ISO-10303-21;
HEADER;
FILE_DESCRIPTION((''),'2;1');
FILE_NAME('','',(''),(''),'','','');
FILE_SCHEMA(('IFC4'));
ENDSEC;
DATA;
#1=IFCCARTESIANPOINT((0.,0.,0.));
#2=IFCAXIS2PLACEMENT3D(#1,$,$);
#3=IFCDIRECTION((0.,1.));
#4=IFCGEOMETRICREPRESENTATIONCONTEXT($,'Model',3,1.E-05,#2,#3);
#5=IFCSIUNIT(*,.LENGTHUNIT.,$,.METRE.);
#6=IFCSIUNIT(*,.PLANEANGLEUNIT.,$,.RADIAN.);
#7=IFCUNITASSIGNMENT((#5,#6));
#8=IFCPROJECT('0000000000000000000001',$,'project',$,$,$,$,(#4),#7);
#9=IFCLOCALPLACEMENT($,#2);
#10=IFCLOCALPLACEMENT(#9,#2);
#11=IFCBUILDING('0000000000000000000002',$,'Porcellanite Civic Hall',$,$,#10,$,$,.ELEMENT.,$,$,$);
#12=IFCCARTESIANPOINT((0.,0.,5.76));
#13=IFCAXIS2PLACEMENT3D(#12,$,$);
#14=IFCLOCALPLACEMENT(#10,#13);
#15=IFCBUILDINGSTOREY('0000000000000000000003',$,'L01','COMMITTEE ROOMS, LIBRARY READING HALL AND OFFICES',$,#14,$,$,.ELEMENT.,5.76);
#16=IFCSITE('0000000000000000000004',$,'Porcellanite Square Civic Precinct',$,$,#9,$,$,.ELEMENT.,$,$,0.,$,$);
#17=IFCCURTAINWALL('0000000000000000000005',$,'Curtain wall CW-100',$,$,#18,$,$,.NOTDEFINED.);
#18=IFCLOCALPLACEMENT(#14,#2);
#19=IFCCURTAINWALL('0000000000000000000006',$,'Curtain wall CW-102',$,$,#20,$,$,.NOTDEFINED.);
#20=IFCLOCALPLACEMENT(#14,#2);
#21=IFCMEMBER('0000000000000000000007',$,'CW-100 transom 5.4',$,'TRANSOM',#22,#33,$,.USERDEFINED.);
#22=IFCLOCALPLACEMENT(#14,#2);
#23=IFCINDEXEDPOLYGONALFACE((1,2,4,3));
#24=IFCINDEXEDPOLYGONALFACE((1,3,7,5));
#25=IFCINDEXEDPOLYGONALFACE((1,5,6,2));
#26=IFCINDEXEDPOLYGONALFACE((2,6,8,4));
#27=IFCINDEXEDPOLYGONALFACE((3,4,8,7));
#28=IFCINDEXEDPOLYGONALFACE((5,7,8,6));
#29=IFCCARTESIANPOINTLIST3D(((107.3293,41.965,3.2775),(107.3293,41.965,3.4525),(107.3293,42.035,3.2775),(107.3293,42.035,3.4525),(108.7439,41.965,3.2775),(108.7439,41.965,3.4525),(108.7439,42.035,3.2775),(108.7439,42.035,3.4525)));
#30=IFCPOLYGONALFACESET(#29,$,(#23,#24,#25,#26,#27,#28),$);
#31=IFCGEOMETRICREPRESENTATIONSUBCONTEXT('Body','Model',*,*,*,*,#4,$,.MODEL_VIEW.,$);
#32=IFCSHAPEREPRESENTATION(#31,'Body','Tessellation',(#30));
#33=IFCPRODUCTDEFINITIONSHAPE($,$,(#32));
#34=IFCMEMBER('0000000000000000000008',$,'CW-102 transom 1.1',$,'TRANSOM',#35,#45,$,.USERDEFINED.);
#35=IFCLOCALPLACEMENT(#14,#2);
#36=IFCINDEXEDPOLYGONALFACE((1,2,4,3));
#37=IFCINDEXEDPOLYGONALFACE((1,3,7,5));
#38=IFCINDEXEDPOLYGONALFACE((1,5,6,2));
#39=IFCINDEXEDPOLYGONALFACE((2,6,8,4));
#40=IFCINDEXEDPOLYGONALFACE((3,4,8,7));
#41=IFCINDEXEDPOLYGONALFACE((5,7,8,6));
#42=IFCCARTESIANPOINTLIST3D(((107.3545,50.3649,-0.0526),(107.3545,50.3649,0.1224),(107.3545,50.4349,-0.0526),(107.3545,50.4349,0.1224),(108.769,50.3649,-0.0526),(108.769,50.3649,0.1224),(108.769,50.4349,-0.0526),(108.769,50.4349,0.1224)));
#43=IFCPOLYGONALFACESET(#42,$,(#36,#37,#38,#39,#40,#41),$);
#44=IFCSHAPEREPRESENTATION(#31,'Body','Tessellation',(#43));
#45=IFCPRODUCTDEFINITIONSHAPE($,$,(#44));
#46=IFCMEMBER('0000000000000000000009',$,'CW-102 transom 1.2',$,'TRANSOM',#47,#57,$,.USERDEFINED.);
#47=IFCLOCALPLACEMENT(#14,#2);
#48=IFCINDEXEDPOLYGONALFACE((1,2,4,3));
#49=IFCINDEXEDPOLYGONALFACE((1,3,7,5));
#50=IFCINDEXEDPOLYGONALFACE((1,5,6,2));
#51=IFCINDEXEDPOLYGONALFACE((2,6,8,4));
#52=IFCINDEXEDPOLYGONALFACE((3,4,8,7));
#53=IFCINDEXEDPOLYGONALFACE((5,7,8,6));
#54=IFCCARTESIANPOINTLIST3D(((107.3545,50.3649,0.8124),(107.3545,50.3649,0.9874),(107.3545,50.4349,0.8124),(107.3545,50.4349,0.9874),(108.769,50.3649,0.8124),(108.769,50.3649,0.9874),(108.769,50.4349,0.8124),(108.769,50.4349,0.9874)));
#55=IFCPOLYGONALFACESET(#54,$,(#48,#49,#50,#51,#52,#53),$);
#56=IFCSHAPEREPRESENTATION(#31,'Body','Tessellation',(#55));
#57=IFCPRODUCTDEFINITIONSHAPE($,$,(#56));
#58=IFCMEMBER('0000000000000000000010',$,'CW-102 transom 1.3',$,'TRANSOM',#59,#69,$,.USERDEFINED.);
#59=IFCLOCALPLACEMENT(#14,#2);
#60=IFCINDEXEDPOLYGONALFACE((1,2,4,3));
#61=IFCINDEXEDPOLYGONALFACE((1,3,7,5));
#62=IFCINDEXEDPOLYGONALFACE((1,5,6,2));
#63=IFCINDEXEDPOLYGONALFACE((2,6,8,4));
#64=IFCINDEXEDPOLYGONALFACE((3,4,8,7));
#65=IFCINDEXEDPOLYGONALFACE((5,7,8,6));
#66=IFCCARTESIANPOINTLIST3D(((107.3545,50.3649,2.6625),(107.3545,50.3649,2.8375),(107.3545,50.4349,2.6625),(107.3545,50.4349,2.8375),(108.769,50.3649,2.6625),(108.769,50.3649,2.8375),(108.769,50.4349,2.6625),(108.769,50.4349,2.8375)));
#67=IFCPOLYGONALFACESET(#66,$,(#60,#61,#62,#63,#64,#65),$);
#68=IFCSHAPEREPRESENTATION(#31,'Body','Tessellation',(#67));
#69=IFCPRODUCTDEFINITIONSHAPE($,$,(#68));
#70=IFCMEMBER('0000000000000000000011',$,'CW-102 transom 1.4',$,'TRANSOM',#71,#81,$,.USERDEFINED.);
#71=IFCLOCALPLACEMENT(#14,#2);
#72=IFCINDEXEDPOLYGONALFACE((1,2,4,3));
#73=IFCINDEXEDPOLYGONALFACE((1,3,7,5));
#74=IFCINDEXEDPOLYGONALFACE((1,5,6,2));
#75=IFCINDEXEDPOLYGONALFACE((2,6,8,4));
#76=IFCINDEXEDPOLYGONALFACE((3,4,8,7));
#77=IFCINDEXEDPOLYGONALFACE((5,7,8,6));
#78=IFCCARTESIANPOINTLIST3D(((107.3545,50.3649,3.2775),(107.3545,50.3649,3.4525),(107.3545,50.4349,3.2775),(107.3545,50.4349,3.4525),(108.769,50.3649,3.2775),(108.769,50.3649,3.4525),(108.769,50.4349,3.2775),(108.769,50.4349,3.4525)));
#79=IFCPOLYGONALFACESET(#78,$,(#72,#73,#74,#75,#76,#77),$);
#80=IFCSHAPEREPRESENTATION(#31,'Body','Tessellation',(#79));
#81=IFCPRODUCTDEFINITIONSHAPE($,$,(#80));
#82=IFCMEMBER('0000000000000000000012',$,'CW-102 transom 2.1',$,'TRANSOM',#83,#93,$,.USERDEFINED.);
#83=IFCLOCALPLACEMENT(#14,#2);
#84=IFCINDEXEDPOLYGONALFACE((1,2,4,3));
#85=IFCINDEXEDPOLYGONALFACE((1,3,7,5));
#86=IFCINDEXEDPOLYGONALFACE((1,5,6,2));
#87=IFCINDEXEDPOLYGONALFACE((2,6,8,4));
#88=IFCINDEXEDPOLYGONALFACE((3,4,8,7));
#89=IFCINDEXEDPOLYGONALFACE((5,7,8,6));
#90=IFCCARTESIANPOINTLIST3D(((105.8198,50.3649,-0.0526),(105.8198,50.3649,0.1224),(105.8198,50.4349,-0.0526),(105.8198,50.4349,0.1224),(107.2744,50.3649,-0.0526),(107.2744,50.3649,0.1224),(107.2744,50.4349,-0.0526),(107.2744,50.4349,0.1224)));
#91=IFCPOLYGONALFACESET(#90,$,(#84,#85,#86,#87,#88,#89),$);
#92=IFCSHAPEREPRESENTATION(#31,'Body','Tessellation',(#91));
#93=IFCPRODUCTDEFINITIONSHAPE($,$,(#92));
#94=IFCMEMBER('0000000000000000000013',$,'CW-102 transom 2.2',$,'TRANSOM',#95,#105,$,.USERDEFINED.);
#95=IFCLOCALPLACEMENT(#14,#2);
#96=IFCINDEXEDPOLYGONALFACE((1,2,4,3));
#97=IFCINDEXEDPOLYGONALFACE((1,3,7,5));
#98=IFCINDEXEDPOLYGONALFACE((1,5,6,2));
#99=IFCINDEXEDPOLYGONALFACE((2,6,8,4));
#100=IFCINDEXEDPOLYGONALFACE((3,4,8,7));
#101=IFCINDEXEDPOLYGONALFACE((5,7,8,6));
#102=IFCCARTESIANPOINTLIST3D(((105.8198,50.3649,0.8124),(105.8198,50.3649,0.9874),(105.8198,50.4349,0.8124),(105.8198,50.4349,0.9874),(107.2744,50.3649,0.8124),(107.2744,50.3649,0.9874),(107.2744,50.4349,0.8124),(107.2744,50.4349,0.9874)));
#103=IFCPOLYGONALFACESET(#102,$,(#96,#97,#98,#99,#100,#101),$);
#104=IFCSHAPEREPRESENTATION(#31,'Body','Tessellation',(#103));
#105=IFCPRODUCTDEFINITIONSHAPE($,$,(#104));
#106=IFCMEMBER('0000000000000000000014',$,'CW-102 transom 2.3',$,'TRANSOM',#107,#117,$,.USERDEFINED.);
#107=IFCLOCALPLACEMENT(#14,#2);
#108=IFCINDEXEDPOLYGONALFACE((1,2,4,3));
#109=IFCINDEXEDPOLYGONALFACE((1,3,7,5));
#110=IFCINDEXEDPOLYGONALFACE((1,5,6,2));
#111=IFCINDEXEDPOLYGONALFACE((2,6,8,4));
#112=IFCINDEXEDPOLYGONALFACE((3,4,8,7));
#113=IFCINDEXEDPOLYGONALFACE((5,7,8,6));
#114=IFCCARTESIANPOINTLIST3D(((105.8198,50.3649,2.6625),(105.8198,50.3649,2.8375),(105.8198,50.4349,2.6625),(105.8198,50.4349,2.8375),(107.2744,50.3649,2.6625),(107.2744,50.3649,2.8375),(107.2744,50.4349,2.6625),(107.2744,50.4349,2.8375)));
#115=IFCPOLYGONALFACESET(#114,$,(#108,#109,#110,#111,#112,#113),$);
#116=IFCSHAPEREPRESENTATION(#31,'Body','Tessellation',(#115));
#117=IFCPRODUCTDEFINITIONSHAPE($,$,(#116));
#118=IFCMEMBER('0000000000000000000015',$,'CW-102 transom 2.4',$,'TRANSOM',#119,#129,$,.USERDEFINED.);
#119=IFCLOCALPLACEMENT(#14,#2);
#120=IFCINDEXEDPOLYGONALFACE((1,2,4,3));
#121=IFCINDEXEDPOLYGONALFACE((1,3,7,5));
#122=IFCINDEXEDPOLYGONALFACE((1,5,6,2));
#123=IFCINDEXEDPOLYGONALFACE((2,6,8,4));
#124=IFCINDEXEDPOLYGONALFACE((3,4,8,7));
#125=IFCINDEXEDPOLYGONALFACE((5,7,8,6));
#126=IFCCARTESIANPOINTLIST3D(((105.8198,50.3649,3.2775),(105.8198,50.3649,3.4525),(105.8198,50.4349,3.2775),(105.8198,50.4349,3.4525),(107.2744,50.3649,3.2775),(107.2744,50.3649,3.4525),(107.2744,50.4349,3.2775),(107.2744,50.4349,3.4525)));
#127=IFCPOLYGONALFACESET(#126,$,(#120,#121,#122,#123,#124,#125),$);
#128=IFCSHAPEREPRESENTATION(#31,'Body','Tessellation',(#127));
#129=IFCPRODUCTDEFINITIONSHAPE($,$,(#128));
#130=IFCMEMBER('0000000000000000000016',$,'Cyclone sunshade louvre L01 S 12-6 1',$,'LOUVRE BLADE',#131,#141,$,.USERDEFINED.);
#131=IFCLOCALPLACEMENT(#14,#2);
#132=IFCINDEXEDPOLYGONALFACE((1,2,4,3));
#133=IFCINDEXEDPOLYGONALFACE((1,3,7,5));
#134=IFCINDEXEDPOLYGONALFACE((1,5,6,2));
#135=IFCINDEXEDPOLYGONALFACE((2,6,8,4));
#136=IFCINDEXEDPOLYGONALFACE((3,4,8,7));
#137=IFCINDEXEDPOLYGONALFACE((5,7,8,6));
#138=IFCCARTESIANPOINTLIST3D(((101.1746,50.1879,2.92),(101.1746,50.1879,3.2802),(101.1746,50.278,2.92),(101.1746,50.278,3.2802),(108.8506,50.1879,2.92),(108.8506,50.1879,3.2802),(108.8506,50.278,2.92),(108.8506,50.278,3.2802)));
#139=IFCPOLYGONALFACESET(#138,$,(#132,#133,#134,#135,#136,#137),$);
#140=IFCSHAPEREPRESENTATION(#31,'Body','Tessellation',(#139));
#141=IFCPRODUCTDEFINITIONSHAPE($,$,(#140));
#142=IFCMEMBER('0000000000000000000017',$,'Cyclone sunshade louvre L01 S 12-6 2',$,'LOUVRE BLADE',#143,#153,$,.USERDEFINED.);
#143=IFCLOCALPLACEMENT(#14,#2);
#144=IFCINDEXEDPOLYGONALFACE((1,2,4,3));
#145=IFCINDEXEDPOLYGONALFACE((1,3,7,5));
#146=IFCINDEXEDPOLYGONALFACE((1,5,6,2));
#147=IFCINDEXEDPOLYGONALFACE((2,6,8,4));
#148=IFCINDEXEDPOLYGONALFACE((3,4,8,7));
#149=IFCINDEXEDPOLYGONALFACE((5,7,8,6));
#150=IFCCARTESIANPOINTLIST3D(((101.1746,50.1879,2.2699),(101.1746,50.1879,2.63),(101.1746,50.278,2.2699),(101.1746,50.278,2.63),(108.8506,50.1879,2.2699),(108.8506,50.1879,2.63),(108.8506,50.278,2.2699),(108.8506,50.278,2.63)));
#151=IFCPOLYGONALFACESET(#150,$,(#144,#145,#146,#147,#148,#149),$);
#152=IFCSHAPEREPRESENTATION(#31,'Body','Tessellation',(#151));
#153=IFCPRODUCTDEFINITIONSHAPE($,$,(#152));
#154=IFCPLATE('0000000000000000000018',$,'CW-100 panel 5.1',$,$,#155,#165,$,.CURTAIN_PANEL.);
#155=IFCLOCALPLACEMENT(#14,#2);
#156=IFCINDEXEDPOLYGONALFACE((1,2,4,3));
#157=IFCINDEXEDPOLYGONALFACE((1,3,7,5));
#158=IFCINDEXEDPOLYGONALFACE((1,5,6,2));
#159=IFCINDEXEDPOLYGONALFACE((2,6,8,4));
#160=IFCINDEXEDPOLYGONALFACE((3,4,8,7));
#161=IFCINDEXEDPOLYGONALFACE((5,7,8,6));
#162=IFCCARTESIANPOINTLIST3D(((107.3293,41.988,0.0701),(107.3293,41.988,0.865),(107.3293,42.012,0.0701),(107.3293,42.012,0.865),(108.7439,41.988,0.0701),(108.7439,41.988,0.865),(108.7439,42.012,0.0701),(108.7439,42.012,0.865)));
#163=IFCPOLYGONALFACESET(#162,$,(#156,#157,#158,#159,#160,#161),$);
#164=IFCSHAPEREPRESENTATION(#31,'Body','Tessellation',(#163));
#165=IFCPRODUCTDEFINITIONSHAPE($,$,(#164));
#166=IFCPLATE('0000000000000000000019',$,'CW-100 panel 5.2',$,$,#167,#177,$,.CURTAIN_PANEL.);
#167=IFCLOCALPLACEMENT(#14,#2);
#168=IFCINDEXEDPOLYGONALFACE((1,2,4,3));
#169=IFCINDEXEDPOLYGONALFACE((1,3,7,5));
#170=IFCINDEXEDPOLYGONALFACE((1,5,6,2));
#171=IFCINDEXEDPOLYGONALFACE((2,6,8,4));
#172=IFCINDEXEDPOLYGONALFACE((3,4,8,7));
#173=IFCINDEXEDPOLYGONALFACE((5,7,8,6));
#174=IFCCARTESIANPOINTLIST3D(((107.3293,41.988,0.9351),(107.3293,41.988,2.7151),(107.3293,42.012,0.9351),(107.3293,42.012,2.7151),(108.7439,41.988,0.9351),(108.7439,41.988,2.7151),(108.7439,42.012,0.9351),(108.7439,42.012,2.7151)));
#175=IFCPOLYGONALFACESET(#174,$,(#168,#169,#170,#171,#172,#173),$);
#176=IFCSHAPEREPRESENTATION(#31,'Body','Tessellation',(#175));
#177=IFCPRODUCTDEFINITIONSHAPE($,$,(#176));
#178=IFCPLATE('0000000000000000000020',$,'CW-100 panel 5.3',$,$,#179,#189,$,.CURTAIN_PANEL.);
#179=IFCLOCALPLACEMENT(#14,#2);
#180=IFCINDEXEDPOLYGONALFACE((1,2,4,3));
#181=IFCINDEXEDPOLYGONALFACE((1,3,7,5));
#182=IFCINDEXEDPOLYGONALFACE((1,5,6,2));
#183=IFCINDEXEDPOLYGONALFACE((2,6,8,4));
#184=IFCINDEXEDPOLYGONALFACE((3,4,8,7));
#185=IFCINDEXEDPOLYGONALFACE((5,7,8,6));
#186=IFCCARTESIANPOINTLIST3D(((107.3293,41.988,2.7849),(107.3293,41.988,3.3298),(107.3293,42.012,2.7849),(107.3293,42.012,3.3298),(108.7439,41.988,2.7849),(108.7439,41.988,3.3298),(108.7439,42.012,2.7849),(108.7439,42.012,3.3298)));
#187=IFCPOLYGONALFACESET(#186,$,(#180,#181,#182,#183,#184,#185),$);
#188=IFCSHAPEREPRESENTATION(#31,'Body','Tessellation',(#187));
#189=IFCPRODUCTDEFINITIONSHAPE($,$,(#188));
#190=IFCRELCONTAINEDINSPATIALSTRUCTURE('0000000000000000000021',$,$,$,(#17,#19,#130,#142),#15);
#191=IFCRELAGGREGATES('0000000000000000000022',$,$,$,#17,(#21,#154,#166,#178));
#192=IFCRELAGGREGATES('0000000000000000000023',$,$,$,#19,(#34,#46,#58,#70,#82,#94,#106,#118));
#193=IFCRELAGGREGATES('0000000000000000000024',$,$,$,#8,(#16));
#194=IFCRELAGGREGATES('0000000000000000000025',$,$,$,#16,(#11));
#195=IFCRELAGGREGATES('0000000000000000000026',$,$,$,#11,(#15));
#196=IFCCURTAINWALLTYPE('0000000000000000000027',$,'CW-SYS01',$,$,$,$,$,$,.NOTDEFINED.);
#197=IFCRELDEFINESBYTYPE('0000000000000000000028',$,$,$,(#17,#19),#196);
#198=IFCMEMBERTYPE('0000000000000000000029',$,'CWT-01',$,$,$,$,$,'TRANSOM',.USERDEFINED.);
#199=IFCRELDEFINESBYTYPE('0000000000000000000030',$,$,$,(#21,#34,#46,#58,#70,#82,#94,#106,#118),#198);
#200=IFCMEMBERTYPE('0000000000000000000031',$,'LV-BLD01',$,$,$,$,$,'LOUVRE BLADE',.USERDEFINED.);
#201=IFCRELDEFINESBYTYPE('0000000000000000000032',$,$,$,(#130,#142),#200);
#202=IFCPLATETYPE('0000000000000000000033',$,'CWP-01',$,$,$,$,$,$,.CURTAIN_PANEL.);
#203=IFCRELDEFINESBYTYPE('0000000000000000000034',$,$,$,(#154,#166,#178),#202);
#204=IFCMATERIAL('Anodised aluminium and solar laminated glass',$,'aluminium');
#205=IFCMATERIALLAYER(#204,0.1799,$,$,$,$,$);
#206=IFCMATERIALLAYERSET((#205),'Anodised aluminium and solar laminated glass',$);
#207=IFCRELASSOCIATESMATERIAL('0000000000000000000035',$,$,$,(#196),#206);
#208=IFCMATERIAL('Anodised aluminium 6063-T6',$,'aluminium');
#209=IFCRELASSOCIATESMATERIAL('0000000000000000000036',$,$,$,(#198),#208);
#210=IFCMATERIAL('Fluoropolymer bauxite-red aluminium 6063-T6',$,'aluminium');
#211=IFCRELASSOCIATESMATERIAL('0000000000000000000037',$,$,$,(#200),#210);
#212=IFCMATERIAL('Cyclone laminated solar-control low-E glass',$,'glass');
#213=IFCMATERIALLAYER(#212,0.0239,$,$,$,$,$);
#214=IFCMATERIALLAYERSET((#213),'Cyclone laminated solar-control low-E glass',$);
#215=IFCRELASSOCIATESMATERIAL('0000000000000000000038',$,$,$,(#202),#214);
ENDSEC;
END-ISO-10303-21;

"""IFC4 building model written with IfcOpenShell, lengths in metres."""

from ifc_helpers import new_model, si_unit, direction, frame, origin, origin_2d, place, context, subcontext, project, spatial, rectangle, extrude, material, layer, layer_set, material_profile, profile_set, type_object, element, aggregate, save


model = new_model("IFC4")

# Units and contexts
model_context = context("Model", 3, precision=1e-05, world=origin(), true_north=direction((0.0, 1.0)))
body_context = subcontext(model_context, "Body", "Model", "MODEL_VIEW")
ifc_project = project(units=[si_unit("LENGTHUNIT", "METRE"), si_unit("PLANEANGLEUNIT", "RADIAN")], contexts=[model_context])

# Site, building, storey
site_placement = place(None, origin())
site = spatial("IfcSite", under=ifc_project, at=site_placement, Name="Porcellanite Square Civic Precinct", CompositionType="ELEMENT", RefElevation=0.0)
building_placement = place(site_placement, origin())
building = spatial("IfcBuilding", under=site, at=building_placement, Name="Porcellanite Civic Hall", CompositionType="ELEMENT")
storey_placement = place(building_placement, frame((0.0, 0.0, 5.76)))
storey = spatial("IfcBuildingStorey", under=building, at=storey_placement, Name="L01", Description="COMMITTEE ROOMS, LIBRARY READING HALL AND OFFICES", CompositionType="ELEMENT", Elevation=5.76)

# Curtain walls
ifc_material_1 = material(Name="Anodised aluminium and solar laminated glass", Category="aluminium")
ifc_layer_1 = layer(ifc_material_1, 0.1799)
ifc_layer_set_1 = layer_set([ifc_layer_1], Name="Anodised aluminium and solar laminated glass")
curtain_wall_type = type_object("IfcCurtainWallType", Name="CW-SYS01", PredefinedType="NOTDEFINED", material=ifc_layer_set_1)
curtain_wall_1_placement = place(storey_placement, origin())
curtain_wall_1 = element("IfcCurtainWall", 1, at=curtain_wall_1_placement, inside=storey, type_object=curtain_wall_type, Name="Curtain wall CW-100", PredefinedType="NOTDEFINED")
curtain_wall_2_placement = place(storey_placement, origin())
curtain_wall_2 = element("IfcCurtainWall", 2, at=curtain_wall_2_placement, inside=storey, type_object=curtain_wall_type, Name="Curtain wall CW-102", PredefinedType="NOTDEFINED")

# Members
ifc_material_2 = material(Name="Anodised aluminium 6063-T6", Category="aluminium")
ifc_material_profile_1 = material_profile(ifc_material_2, rectangle(XDim=0.0701, YDim=0.175, at=origin_2d()), Name="AL-70x175")
ifc_profile_set_1 = profile_set([ifc_material_profile_1], Name="Anodised aluminium 6063-T6")
member_type_1 = type_object("IfcMemberType", Name="CWT-01", ElementType="TRANSOM", PredefinedType="USERDEFINED", material=ifc_profile_set_1)
member_1_placement = place(storey_placement, frame((107.3293, 42.0, 3.365), z_axis=(1.0, 0.0, 0.0), x_axis=(0.0, 1.0, 0.0)))
member_1 = element("IfcMember", 3, at=member_1_placement, type_object=member_type_1, Name="CW-100 transom 5.4", ObjectType="TRANSOM", PredefinedType="USERDEFINED", context=body_context, shape_type="SweptSolid", body=[
    extrude(rectangle(XDim=0.0701, YDim=0.175, at=origin_2d()), origin(), (0.0, 0.0, 1.0), 1.4146),
])
member_2_placement = place(storey_placement, frame((108.769, 50.3999, 0.0349), z_axis=(-1.0, 0.0, 0.0), x_axis=(0.0, -1.0, 0.0)))
member_2 = element("IfcMember", 4, at=member_2_placement, type_object=member_type_1, Name="CW-102 transom 1.1", ObjectType="TRANSOM", PredefinedType="USERDEFINED", context=body_context, shape_type="SweptSolid", body=[
    extrude(rectangle(XDim=0.0701, YDim=0.175, at=origin_2d()), origin(), (0.0, 0.0, 1.0), 1.4146),
])
member_3_placement = place(storey_placement, frame((108.769, 50.3999, 0.8999), z_axis=(-1.0, 0.0, 0.0), x_axis=(0.0, -1.0, 0.0)))
member_3 = element("IfcMember", 5, at=member_3_placement, type_object=member_type_1, Name="CW-102 transom 1.2", ObjectType="TRANSOM", PredefinedType="USERDEFINED", context=body_context, shape_type="SweptSolid", body=[
    extrude(rectangle(XDim=0.0701, YDim=0.175, at=origin_2d()), origin(), (0.0, 0.0, 1.0), 1.4146),
])
member_4_placement = place(storey_placement, frame((108.769, 50.3999, 2.75), z_axis=(-1.0, 0.0, 0.0), x_axis=(0.0, -1.0, 0.0)))
member_4 = element("IfcMember", 6, at=member_4_placement, type_object=member_type_1, Name="CW-102 transom 1.3", ObjectType="TRANSOM", PredefinedType="USERDEFINED", context=body_context, shape_type="SweptSolid", body=[
    extrude(rectangle(XDim=0.0701, YDim=0.175, at=origin_2d()), origin(), (0.0, 0.0, 1.0), 1.4146),
])
member_5_placement = place(storey_placement, frame((108.769, 50.3999, 3.365), z_axis=(-1.0, 0.0, 0.0), x_axis=(0.0, -1.0, 0.0)))
member_5 = element("IfcMember", 7, at=member_5_placement, type_object=member_type_1, Name="CW-102 transom 1.4", ObjectType="TRANSOM", PredefinedType="USERDEFINED", context=body_context, shape_type="SweptSolid", body=[
    extrude(rectangle(XDim=0.0701, YDim=0.175, at=origin_2d()), origin(), (0.0, 0.0, 1.0), 1.4146),
])
member_6_placement = place(storey_placement, frame((107.2744, 50.3999, 0.0349), z_axis=(-1.0, 0.0, 0.0), x_axis=(0.0, -1.0, 0.0)))
member_6 = element("IfcMember", 8, at=member_6_placement, type_object=member_type_1, Name="CW-102 transom 2.1", ObjectType="TRANSOM", PredefinedType="USERDEFINED", context=body_context, shape_type="SweptSolid", body=[
    extrude(rectangle(XDim=0.0701, YDim=0.175, at=origin_2d()), origin(), (0.0, 0.0, 1.0), 1.4546),
])
member_7_placement = place(storey_placement, frame((107.2744, 50.3999, 0.8999), z_axis=(-1.0, 0.0, 0.0), x_axis=(0.0, -1.0, 0.0)))
member_7 = element("IfcMember", 9, at=member_7_placement, type_object=member_type_1, Name="CW-102 transom 2.2", ObjectType="TRANSOM", PredefinedType="USERDEFINED", context=body_context, shape_type="SweptSolid", body=[
    extrude(rectangle(XDim=0.0701, YDim=0.175, at=origin_2d()), origin(), (0.0, 0.0, 1.0), 1.4546),
])
member_8_placement = place(storey_placement, frame((107.2744, 50.3999, 2.75), z_axis=(-1.0, 0.0, 0.0), x_axis=(0.0, -1.0, 0.0)))
member_8 = element("IfcMember", 10, at=member_8_placement, type_object=member_type_1, Name="CW-102 transom 2.3", ObjectType="TRANSOM", PredefinedType="USERDEFINED", context=body_context, shape_type="SweptSolid", body=[
    extrude(rectangle(XDim=0.0701, YDim=0.175, at=origin_2d()), origin(), (0.0, 0.0, 1.0), 1.4546),
])
member_9_placement = place(storey_placement, frame((107.2744, 50.3999, 3.365), z_axis=(-1.0, 0.0, 0.0), x_axis=(0.0, -1.0, 0.0)))
member_9 = element("IfcMember", 11, at=member_9_placement, type_object=member_type_1, Name="CW-102 transom 2.4", ObjectType="TRANSOM", PredefinedType="USERDEFINED", context=body_context, shape_type="SweptSolid", body=[
    extrude(rectangle(XDim=0.0701, YDim=0.175, at=origin_2d()), origin(), (0.0, 0.0, 1.0), 1.4546),
])

# Members
ifc_material_3 = material(Name="Fluoropolymer bauxite-red aluminium 6063-T6", Category="aluminium")
ifc_material_profile_2 = material_profile(ifc_material_3, rectangle(XDim=0.0901, YDim=0.3601, at=origin_2d()), Name="AL-90x360")
ifc_profile_set_2 = profile_set([ifc_material_profile_2], Name="Fluoropolymer bauxite-red aluminium 6063-T6")
member_type_2 = type_object("IfcMemberType", Name="LV-BLD01", ElementType="LOUVRE BLADE", PredefinedType="USERDEFINED", material=ifc_profile_set_2)
for number, where, z_axis, x_axis, name in (
    (12, (108.8506, 50.2329, 3.1001), (-1.0, 0.0, 0.0), (0.0, -1.0, 0.0), "Cyclone sunshade louvre L01 S 12-6 1"),
    (13, (108.8506, 50.2329, 2.45), (-1.0, 0.0, 0.0), (0.0, -1.0, 0.0), "Cyclone sunshade louvre L01 S 12-6 2"),
):
    element("IfcMember", number, at=place(storey_placement, frame(where, z_axis=z_axis, x_axis=x_axis)), inside=storey, type_object=member_type_2, Name=name, ObjectType="LOUVRE BLADE", PredefinedType="USERDEFINED", context=body_context, shape_type="SweptSolid", body=[
        extrude(rectangle(XDim=0.0901, YDim=0.3601, at=origin_2d()), origin(), (0.0, 0.0, 1.0), 7.676),
    ])

# Plates
ifc_material_4 = material(Name="Cyclone laminated solar-control low-E glass", Category="glass")
ifc_layer_2 = layer(ifc_material_4, 0.0239)
ifc_layer_set_2 = layer_set([ifc_layer_2], Name="Cyclone laminated solar-control low-E glass")
plate_type = type_object("IfcPlateType", Name="CWP-01", PredefinedType="CURTAIN_PANEL", material=ifc_layer_set_2)
plate_1_placement = place(storey_placement, frame((108.0366, 42.0, 0.0701), z_axis=(0.0, 0.0, 1.0), x_axis=(1.0, 0.0, 0.0)))
plate_1 = element("IfcPlate", 14, at=plate_1_placement, type_object=plate_type, Name="CW-100 panel 5.1", PredefinedType="CURTAIN_PANEL", context=body_context, shape_type="SweptSolid", body=[
    extrude(rectangle(XDim=1.4146, YDim=0.0239, at=origin_2d()), origin(), (0.0, 0.0, 1.0), 0.7949),
])
plate_2_placement = place(storey_placement, frame((108.0366, 42.0, 0.9351), z_axis=(0.0, 0.0, 1.0), x_axis=(1.0, 0.0, 0.0)))
plate_2 = element("IfcPlate", 15, at=plate_2_placement, type_object=plate_type, Name="CW-100 panel 5.2", PredefinedType="CURTAIN_PANEL", context=body_context, shape_type="SweptSolid", body=[
    extrude(rectangle(XDim=1.4146, YDim=0.0239, at=origin_2d()), origin(), (0.0, 0.0, 1.0), 1.78),
])
plate_3_placement = place(storey_placement, frame((108.0366, 42.0, 2.7849), z_axis=(0.0, 0.0, 1.0), x_axis=(1.0, 0.0, 0.0)))
plate_3 = element("IfcPlate", 16, at=plate_3_placement, type_object=plate_type, Name="CW-100 panel 5.3", PredefinedType="CURTAIN_PANEL", context=body_context, shape_type="SweptSolid", body=[
    extrude(rectangle(XDim=1.4146, YDim=0.0239, at=origin_2d()), origin(), (0.0, 0.0, 1.0), 0.5449),
])
aggregate(curtain_wall_1, [member_1, plate_1, plate_2, plate_3])
aggregate(curtain_wall_2, [member_2, member_3, member_4, member_5, member_6, member_7, member_8, member_9])

save(model, "model.ifc")
